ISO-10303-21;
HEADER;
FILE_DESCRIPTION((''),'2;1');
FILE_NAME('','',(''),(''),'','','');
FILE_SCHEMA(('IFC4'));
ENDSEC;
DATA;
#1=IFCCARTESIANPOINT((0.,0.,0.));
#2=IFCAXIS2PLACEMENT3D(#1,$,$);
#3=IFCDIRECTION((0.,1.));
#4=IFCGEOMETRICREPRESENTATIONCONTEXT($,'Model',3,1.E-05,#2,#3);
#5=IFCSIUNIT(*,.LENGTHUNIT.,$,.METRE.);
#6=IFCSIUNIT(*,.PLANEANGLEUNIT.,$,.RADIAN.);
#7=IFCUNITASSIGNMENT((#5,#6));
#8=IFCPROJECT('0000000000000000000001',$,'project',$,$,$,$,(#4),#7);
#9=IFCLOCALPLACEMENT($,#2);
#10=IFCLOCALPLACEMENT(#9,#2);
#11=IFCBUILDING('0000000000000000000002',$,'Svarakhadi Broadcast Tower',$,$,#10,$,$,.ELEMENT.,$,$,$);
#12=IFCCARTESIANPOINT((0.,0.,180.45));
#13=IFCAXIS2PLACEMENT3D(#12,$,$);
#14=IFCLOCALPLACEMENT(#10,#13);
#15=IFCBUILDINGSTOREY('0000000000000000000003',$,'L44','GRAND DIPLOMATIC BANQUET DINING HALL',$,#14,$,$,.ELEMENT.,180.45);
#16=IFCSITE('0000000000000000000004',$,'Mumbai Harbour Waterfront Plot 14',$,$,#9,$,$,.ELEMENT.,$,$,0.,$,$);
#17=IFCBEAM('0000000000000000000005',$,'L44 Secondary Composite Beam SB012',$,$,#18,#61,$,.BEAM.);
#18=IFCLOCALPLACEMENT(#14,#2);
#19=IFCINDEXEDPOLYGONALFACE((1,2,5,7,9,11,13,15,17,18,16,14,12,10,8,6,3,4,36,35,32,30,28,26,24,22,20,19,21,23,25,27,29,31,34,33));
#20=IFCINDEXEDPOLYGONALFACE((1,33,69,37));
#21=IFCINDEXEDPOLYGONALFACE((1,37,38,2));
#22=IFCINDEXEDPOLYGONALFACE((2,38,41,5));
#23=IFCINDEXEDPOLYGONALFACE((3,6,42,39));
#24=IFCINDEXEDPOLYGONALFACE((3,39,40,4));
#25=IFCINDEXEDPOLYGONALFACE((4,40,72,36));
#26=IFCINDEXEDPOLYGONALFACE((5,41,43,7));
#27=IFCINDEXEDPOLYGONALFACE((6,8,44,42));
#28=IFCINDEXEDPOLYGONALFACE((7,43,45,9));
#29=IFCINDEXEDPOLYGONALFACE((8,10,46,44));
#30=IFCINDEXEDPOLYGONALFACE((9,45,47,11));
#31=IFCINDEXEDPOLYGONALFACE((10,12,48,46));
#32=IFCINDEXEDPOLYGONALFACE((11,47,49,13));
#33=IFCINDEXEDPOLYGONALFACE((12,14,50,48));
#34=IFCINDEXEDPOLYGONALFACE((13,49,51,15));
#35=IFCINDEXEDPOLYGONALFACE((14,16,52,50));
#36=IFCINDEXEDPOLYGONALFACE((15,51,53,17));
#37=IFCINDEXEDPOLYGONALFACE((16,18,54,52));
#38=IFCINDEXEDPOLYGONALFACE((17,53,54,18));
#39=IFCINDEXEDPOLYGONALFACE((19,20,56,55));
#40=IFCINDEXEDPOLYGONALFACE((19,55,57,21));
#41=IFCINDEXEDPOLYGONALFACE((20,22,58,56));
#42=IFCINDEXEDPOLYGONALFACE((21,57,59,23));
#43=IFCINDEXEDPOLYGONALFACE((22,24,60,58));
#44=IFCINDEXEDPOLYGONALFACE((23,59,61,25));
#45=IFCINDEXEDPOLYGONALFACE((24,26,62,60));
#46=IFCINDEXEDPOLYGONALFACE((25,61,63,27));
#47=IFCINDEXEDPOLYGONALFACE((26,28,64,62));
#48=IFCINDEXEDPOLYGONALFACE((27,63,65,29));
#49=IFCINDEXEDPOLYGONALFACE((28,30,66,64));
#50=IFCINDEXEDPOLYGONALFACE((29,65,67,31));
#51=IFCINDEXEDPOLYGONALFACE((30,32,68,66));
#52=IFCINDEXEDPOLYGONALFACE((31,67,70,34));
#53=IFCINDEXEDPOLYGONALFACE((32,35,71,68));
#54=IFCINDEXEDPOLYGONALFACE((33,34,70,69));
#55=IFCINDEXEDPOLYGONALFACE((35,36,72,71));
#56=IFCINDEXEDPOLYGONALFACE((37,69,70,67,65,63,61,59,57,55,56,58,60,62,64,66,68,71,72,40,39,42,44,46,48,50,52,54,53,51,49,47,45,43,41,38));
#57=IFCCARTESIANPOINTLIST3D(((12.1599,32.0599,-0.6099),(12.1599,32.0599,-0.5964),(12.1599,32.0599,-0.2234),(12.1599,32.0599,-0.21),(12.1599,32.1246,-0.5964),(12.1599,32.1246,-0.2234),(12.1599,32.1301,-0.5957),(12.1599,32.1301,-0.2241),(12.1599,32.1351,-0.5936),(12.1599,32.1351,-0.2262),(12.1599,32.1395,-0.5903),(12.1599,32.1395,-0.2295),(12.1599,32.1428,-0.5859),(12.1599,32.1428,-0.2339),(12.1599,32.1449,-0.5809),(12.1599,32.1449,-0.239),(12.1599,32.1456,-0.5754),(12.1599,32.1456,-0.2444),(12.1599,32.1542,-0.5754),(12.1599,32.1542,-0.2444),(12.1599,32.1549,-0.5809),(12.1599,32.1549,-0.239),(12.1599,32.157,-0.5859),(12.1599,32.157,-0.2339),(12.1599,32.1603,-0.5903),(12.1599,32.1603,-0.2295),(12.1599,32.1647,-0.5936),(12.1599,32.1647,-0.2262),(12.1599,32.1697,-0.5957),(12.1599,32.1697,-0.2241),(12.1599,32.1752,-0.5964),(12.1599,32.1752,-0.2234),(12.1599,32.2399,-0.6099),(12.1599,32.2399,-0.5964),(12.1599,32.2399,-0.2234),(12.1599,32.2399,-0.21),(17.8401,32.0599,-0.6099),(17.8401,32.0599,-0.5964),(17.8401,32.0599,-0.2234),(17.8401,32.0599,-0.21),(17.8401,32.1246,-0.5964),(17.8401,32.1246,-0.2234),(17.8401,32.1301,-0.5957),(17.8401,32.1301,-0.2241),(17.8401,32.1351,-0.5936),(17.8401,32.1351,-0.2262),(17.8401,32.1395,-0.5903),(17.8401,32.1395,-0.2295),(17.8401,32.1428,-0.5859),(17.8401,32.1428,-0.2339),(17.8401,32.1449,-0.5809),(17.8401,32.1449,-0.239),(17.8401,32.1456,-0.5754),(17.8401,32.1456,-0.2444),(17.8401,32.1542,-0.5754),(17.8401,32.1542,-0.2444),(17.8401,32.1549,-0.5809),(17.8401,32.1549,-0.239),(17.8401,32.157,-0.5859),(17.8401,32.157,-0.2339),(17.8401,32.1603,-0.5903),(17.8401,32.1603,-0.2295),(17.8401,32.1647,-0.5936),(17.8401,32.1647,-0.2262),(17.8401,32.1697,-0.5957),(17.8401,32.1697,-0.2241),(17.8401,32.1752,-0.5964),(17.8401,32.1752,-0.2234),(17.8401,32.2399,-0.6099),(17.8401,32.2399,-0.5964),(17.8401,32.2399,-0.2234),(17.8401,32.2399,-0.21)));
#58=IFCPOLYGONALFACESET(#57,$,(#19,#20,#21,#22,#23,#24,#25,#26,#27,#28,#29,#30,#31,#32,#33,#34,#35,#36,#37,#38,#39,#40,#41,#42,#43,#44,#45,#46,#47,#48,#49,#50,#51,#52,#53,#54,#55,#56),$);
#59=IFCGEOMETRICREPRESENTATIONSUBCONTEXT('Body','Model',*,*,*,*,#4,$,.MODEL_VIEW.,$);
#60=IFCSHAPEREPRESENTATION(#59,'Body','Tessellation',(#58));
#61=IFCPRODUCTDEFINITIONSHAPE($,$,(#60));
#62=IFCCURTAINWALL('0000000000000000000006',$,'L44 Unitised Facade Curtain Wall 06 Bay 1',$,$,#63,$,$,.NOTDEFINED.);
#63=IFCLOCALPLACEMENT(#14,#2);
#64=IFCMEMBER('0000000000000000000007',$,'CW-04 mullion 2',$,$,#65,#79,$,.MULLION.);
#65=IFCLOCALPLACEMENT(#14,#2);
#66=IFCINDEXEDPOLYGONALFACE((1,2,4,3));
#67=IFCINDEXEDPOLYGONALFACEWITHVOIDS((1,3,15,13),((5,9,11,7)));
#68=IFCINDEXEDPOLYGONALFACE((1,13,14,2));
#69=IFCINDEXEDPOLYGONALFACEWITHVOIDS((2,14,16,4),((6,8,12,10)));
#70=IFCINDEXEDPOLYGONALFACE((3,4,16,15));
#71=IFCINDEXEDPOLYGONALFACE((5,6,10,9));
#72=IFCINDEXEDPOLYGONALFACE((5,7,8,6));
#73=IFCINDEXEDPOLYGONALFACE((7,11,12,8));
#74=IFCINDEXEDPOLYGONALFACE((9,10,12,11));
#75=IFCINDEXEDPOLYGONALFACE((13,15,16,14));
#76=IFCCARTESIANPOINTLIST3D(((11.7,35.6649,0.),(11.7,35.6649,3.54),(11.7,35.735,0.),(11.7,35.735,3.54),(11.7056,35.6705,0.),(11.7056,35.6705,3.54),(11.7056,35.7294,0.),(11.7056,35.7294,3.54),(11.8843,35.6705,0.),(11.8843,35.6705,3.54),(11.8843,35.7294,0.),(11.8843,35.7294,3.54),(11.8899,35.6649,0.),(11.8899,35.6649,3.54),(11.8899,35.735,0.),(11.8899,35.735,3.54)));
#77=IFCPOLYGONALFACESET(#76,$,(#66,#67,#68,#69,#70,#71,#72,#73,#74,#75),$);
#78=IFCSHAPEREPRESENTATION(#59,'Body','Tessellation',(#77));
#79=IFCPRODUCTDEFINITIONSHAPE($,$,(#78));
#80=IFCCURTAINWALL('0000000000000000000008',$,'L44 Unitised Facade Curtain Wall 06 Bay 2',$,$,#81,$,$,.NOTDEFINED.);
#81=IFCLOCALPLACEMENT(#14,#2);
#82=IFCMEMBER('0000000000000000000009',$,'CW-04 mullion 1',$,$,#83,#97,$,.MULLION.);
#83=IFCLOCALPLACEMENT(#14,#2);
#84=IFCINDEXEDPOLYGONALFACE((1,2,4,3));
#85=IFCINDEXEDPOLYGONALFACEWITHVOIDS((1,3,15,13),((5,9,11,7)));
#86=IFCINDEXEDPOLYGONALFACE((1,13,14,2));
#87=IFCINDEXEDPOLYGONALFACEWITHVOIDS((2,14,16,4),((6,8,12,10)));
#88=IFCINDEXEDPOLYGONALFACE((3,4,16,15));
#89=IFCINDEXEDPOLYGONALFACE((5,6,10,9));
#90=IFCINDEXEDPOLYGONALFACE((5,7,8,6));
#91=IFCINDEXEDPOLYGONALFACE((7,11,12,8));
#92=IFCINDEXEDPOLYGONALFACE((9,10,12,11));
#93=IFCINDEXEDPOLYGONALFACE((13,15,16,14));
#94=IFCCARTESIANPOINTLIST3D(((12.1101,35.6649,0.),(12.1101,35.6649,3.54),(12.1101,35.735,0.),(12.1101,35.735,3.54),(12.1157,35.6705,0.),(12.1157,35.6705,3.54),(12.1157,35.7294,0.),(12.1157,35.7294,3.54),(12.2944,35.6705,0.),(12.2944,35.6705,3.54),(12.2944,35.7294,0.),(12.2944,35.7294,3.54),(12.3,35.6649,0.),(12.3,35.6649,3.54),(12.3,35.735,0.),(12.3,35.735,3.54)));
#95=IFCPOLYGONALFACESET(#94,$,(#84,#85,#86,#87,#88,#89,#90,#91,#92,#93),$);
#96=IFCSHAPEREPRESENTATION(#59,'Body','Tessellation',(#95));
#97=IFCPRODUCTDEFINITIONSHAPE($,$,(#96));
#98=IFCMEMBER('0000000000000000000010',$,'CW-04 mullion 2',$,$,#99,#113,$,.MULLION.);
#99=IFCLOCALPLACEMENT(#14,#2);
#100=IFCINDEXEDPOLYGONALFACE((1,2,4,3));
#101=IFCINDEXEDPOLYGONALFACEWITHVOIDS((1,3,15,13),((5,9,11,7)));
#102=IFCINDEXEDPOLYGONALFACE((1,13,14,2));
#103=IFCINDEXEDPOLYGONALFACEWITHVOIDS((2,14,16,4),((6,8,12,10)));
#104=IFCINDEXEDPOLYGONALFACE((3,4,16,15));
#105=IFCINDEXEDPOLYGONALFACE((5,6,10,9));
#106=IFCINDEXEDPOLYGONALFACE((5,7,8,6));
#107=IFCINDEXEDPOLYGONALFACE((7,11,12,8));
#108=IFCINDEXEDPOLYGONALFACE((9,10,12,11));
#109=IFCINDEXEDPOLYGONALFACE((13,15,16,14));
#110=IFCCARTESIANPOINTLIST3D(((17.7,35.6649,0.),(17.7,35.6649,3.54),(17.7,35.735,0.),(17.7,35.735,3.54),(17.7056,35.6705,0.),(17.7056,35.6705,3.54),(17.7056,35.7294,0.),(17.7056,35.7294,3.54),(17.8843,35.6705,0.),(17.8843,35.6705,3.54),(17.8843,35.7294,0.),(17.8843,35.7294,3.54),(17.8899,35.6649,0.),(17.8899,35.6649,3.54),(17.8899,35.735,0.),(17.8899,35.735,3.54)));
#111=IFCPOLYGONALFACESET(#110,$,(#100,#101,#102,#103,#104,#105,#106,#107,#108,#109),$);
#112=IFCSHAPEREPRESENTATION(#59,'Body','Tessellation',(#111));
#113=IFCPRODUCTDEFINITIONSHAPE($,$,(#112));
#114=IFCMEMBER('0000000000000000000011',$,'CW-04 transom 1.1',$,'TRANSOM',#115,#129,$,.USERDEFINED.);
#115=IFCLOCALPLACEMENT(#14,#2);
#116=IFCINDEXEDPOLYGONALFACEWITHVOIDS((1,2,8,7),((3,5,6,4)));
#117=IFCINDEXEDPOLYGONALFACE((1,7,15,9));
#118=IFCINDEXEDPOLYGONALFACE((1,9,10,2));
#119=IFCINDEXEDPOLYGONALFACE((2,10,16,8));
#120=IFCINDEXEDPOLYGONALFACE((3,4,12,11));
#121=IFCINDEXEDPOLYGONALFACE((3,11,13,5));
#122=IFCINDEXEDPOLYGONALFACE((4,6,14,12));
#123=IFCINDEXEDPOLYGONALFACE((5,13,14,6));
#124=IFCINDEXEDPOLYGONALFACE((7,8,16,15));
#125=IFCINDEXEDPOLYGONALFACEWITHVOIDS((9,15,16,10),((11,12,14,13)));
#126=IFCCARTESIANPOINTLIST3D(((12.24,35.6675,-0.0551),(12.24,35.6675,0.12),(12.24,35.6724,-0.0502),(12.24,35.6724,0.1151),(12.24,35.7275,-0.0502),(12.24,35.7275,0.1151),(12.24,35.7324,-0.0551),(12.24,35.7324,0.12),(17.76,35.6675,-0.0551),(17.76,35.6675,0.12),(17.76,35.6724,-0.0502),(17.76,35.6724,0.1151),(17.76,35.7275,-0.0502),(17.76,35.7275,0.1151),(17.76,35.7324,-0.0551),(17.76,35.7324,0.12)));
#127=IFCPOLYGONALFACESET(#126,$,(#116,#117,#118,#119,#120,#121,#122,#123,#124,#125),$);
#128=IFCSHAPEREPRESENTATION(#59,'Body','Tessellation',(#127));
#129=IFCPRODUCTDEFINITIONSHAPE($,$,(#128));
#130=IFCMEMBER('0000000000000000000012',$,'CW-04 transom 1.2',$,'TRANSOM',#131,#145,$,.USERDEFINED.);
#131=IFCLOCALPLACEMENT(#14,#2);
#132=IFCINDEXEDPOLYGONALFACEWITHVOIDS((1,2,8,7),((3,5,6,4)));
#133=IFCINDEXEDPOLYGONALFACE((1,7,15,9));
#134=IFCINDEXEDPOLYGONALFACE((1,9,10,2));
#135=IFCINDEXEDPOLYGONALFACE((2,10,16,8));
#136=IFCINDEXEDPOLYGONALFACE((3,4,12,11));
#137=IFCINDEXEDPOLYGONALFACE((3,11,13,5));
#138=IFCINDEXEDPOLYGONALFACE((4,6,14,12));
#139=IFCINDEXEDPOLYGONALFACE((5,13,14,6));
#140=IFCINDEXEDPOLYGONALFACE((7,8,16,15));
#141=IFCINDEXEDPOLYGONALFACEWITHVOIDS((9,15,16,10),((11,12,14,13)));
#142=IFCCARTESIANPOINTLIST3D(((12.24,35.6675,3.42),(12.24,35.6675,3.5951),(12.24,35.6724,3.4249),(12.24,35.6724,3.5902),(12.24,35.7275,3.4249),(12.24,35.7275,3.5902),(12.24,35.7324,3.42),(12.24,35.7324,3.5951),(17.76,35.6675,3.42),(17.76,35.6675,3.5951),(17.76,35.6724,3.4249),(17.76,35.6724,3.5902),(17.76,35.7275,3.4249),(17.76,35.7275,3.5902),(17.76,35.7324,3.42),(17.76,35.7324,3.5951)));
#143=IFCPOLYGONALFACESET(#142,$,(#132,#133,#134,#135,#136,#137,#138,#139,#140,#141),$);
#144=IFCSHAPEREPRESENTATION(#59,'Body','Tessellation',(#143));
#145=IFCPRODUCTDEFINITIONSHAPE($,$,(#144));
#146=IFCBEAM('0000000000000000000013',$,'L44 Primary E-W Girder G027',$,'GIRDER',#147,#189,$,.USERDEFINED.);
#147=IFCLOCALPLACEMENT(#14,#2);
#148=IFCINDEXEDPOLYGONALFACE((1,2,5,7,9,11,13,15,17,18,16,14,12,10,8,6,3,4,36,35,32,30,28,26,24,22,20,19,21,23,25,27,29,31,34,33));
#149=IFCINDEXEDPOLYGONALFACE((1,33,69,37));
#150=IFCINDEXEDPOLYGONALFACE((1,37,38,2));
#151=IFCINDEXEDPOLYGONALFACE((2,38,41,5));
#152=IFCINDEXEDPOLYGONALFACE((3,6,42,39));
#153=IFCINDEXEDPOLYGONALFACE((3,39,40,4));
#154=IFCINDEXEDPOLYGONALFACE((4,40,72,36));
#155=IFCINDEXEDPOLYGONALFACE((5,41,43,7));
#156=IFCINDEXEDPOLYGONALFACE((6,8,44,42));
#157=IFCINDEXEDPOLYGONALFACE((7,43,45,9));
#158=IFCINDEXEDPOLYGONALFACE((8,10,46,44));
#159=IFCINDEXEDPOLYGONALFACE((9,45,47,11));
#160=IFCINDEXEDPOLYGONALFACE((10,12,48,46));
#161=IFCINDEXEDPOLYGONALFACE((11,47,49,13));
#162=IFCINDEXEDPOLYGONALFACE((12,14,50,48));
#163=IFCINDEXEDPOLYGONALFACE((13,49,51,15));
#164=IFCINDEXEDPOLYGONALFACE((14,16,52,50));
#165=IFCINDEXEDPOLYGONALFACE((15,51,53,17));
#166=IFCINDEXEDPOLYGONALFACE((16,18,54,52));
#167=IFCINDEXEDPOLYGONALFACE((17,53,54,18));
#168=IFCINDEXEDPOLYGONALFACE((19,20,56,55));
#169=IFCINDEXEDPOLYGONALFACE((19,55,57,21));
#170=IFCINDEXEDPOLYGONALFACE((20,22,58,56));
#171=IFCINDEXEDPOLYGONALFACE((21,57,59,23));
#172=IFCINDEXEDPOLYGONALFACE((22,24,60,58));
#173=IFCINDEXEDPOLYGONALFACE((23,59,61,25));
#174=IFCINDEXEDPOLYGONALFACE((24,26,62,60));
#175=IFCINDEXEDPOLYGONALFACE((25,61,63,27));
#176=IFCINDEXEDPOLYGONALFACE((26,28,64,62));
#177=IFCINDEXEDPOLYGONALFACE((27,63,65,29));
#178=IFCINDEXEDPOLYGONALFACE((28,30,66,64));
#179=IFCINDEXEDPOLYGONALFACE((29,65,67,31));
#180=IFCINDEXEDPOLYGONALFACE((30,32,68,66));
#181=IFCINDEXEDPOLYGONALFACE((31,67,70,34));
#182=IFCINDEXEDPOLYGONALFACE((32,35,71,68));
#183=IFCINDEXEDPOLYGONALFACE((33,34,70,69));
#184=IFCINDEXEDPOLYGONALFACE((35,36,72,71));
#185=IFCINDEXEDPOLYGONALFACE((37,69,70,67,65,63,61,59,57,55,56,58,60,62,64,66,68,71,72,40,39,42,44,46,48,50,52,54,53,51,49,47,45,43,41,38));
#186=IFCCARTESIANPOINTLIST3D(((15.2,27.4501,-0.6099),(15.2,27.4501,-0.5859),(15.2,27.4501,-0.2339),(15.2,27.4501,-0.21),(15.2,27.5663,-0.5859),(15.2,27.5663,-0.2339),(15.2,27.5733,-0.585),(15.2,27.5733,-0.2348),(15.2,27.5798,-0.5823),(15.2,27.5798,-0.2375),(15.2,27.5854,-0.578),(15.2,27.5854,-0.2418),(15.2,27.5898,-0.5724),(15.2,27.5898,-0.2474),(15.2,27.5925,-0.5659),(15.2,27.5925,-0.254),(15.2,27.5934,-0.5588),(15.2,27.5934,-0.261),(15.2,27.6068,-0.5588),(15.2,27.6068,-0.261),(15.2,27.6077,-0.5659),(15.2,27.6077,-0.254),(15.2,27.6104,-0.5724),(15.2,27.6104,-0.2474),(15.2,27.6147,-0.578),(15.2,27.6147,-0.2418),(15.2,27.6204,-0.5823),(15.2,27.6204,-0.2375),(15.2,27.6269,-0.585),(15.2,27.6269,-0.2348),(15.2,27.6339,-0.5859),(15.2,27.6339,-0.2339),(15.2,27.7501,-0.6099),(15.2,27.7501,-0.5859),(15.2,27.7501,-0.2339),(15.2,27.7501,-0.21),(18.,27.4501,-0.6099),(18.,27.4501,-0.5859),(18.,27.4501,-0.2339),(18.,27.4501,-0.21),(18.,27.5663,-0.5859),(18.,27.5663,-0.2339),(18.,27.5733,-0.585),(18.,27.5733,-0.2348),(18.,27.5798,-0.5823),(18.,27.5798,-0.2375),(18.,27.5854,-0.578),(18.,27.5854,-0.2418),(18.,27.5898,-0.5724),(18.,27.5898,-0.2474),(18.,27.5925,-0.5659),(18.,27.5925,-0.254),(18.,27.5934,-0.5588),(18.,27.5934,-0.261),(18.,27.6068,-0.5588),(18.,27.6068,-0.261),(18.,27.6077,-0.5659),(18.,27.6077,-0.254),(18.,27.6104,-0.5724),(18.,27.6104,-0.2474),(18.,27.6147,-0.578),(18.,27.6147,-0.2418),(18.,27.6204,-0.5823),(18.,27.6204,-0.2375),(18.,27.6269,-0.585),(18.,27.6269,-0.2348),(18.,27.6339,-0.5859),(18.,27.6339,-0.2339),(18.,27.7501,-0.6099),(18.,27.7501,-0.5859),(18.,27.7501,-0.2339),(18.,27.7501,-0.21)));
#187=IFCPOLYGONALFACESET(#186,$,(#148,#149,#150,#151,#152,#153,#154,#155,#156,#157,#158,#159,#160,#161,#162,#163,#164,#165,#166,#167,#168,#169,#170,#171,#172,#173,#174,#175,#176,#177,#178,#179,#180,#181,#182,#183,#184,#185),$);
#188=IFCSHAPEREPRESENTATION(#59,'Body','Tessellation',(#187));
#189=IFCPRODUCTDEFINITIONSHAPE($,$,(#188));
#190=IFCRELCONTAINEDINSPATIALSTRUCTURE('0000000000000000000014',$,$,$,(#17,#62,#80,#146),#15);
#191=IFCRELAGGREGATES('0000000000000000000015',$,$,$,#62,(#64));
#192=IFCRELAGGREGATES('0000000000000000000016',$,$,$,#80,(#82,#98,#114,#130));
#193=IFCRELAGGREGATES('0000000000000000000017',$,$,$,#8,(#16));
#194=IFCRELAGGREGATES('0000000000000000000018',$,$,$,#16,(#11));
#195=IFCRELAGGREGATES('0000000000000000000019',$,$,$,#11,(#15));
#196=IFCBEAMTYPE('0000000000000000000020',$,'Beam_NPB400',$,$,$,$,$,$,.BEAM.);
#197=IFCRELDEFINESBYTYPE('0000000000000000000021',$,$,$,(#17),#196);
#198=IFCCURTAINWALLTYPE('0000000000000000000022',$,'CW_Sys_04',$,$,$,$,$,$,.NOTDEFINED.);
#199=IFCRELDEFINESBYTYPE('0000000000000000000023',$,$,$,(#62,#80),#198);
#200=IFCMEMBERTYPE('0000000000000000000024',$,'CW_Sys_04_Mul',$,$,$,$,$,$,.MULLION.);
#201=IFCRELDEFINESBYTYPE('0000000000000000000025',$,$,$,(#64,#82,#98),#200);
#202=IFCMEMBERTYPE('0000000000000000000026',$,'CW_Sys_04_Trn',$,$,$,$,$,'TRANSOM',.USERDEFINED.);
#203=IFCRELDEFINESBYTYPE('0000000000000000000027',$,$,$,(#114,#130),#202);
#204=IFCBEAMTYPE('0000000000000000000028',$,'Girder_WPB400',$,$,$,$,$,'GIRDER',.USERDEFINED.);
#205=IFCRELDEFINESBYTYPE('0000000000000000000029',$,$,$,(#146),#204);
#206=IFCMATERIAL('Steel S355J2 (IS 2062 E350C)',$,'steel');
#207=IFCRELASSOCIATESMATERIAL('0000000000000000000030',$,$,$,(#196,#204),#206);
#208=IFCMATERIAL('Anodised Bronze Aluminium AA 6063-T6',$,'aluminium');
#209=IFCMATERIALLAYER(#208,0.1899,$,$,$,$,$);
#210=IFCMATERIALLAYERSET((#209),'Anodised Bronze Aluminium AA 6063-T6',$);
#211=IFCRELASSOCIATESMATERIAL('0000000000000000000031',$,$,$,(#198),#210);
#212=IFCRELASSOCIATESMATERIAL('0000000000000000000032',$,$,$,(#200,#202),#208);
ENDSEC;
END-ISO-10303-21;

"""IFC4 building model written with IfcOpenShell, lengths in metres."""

from ifc_helpers import new_model, si_unit, direction, frame, origin, origin_2d, place, context, subcontext, project, spatial, hollow_rectangle, i_section, extrude, material, layer, layer_set, material_profile, profile_set, type_object, element, aggregate, save


model = new_model("IFC4")

# Units and contexts
model_context = context("Model", 3, precision=1e-05, world=origin(), true_north=direction((0.0, 1.0)))
body_context = subcontext(model_context, "Body", "Model", "MODEL_VIEW")
ifc_project = project(units=[si_unit("LENGTHUNIT", "METRE"), si_unit("PLANEANGLEUNIT", "RADIAN")], contexts=[model_context])

# Site, building, storey
site_placement = place(None, origin())
site = spatial("IfcSite", under=ifc_project, at=site_placement, Name="Mumbai Harbour Waterfront Plot 14", CompositionType="ELEMENT", RefElevation=0.0)
building_placement = place(site_placement, origin())
building = spatial("IfcBuilding", under=site, at=building_placement, Name="Svarakhadi Broadcast Tower", CompositionType="ELEMENT")
storey_placement = place(building_placement, frame((0.0, 0.0, 180.45)))
storey = spatial("IfcBuildingStorey", under=building, at=storey_placement, Name="L44", Description="GRAND DIPLOMATIC BANQUET DINING HALL", CompositionType="ELEMENT", Elevation=180.45)

# Beam
ifc_material_1 = material(Name="Steel S355J2 (IS 2062 E350C)", Category="steel")
ifc_material_profile_1 = material_profile(ifc_material_1, i_section(OverallWidth=0.1799, OverallDepth=0.3999, WebThickness=0.0085, FlangeThickness=0.0134, FilletRadius=0.021, at=origin_2d()), Name="NPB 400x180x66")
ifc_profile_set_1 = profile_set([ifc_material_profile_1], Name="Steel S355J2 (IS 2062 E350C)")
beam_type_1 = type_object("IfcBeamType", Name="Beam_NPB400", PredefinedType="BEAM", material=ifc_profile_set_1)
for number, where, z_axis, x_axis, name in (
    (1, (12.1599, 32.1499, -0.4099), (1.0, 0.0, 0.0), (0.0, 1.0, 0.0), "L44 Secondary Composite Beam SB012"),
):
    element("IfcBeam", number, at=place(storey_placement, frame(where, z_axis=z_axis, x_axis=x_axis)), inside=storey, type_object=beam_type_1, Name=name, PredefinedType="BEAM", context=body_context, shape_type="SweptSolid", body=[
        extrude(i_section(OverallWidth=0.1799, OverallDepth=0.3999, WebThickness=0.0085, FlangeThickness=0.0134, FilletRadius=0.021, at=origin_2d()), origin(), (0.0, 0.0, 1.0), 5.6802),
    ])

# Curtain wall, member
ifc_material_2 = material(Name="Anodised Bronze Aluminium AA 6063-T6", Category="aluminium")
ifc_layer_1 = layer(ifc_material_2, 0.1899)
ifc_layer_set_1 = layer_set([ifc_layer_1], Name="Anodised Bronze Aluminium AA 6063-T6")
curtain_wall_type = type_object("IfcCurtainWallType", Name="CW_Sys_04", PredefinedType="NOTDEFINED", material=ifc_layer_set_1)
curtain_wall_1_placement = place(storey_placement, origin())
curtain_wall_1 = element("IfcCurtainWall", 2, at=curtain_wall_1_placement, inside=storey, type_object=curtain_wall_type, Name="L44 Unitised Facade Curtain Wall 06 Bay 1", PredefinedType="NOTDEFINED")
ifc_material_profile_2 = material_profile(ifc_material_2, hollow_rectangle(XDim=0.0701, YDim=0.1899, WallThickness=0.0056, at=origin_2d()), Name="ALU MULLION 190x70x6")
ifc_profile_set_2 = profile_set([ifc_material_profile_2], Name="Anodised Bronze Aluminium AA 6063-T6")
member_type_1 = type_object("IfcMemberType", Name="CW_Sys_04_Mul", PredefinedType="MULLION", material=ifc_profile_set_2)
member_1_placement = place(storey_placement, frame((11.7949, 35.7, 0.0), z_axis=(0.0, 0.0, 1.0), x_axis=(0.0, 1.0, 0.0)))
member_1 = element("IfcMember", 3, at=member_1_placement, type_object=member_type_1, Name="CW-04 mullion 2", PredefinedType="MULLION", context=body_context, shape_type="SweptSolid", body=[
    extrude(hollow_rectangle(XDim=0.0701, YDim=0.1899, WallThickness=0.0056, at=origin_2d()), origin(), (0.0, 0.0, 1.0), 3.54),
])

# Curtain wall, members
curtain_wall_2_placement = place(storey_placement, origin())
curtain_wall_2 = element("IfcCurtainWall", 4, at=curtain_wall_2_placement, inside=storey, type_object=curtain_wall_type, Name="L44 Unitised Facade Curtain Wall 06 Bay 2", PredefinedType="NOTDEFINED")
member_2_placement = place(storey_placement, frame((12.2051, 35.7, 0.0), z_axis=(0.0, 0.0, 1.0), x_axis=(0.0, 1.0, 0.0)))
member_2 = element("IfcMember", 5, at=member_2_placement, type_object=member_type_1, Name="CW-04 mullion 1", PredefinedType="MULLION", context=body_context, shape_type="SweptSolid", body=[
    extrude(hollow_rectangle(XDim=0.0701, YDim=0.1899, WallThickness=0.0056, at=origin_2d()), origin(), (0.0, 0.0, 1.0), 3.54),
])
member_3_placement = place(storey_placement, frame((17.7949, 35.7, 0.0), z_axis=(0.0, 0.0, 1.0), x_axis=(0.0, 1.0, 0.0)))
member_3 = element("IfcMember", 6, at=member_3_placement, type_object=member_type_1, Name="CW-04 mullion 2", PredefinedType="MULLION", context=body_context, shape_type="SweptSolid", body=[
    extrude(hollow_rectangle(XDim=0.0701, YDim=0.1899, WallThickness=0.0056, at=origin_2d()), origin(), (0.0, 0.0, 1.0), 3.54),
])
ifc_material_profile_3 = material_profile(ifc_material_2, hollow_rectangle(XDim=0.0649, YDim=0.175, WallThickness=0.0049, at=origin_2d()), Name="ALU TRANSOM 175x65x5")
ifc_profile_set_3 = profile_set([ifc_material_profile_3], Name="Anodised Bronze Aluminium AA 6063-T6")
member_type_2 = type_object("IfcMemberType", Name="CW_Sys_04_Trn", ElementType="TRANSOM", PredefinedType="USERDEFINED", material=ifc_profile_set_3)
member_4_placement = place(storey_placement, frame((12.24, 35.7, 0.0325), z_axis=(1.0, 0.0, 0.0), x_axis=(0.0, 1.0, 0.0)))
member_4 = element("IfcMember", 7, at=member_4_placement, type_object=member_type_2, Name="CW-04 transom 1.1", ObjectType="TRANSOM", PredefinedType="USERDEFINED", context=body_context, shape_type="SweptSolid", body=[
    extrude(hollow_rectangle(XDim=0.0649, YDim=0.175, WallThickness=0.0049, at=origin_2d()), origin(), (0.0, 0.0, 1.0), 5.52),
])
member_5_placement = place(storey_placement, frame((12.24, 35.7, 3.5076), z_axis=(1.0, 0.0, 0.0), x_axis=(0.0, 1.0, 0.0)))
member_5 = element("IfcMember", 8, at=member_5_placement, type_object=member_type_2, Name="CW-04 transom 1.2", ObjectType="TRANSOM", PredefinedType="USERDEFINED", context=body_context, shape_type="SweptSolid", body=[
    extrude(hollow_rectangle(XDim=0.0649, YDim=0.175, WallThickness=0.0049, at=origin_2d()), origin(), (0.0, 0.0, 1.0), 5.52),
])

# Beam
ifc_material_profile_4 = material_profile(ifc_material_1, i_section(OverallWidth=0.3, OverallDepth=0.3999, WebThickness=0.0134, FlangeThickness=0.0239, FilletRadius=0.0271, at=origin_2d()), Name="WPB 400x300x155")
ifc_profile_set_4 = profile_set([ifc_material_profile_4], Name="Steel S355J2 (IS 2062 E350C)")
beam_type_2 = type_object("IfcBeamType", Name="Girder_WPB400", ElementType="GIRDER", PredefinedType="USERDEFINED", material=ifc_profile_set_4)
beam_placement = place(storey_placement, frame((15.2, 27.6001, -0.4099), z_axis=(1.0, 0.0, 0.0), x_axis=(0.0, 1.0, 0.0)))
element("IfcBeam", 9, at=beam_placement, inside=storey, type_object=beam_type_2, Name="L44 Primary E-W Girder G027", ObjectType="GIRDER", PredefinedType="USERDEFINED", context=body_context, shape_type="SweptSolid", body=[
    extrude(i_section(OverallWidth=0.3, OverallDepth=0.3999, WebThickness=0.0134, FlangeThickness=0.0239, FilletRadius=0.0271, at=origin_2d()), origin(), (0.0, 0.0, 1.0), 2.8),
])

aggregate(curtain_wall_1, [member_1])
aggregate(curtain_wall_2, [member_2, member_3, member_4, member_5])

save(model, "model.ifc")
